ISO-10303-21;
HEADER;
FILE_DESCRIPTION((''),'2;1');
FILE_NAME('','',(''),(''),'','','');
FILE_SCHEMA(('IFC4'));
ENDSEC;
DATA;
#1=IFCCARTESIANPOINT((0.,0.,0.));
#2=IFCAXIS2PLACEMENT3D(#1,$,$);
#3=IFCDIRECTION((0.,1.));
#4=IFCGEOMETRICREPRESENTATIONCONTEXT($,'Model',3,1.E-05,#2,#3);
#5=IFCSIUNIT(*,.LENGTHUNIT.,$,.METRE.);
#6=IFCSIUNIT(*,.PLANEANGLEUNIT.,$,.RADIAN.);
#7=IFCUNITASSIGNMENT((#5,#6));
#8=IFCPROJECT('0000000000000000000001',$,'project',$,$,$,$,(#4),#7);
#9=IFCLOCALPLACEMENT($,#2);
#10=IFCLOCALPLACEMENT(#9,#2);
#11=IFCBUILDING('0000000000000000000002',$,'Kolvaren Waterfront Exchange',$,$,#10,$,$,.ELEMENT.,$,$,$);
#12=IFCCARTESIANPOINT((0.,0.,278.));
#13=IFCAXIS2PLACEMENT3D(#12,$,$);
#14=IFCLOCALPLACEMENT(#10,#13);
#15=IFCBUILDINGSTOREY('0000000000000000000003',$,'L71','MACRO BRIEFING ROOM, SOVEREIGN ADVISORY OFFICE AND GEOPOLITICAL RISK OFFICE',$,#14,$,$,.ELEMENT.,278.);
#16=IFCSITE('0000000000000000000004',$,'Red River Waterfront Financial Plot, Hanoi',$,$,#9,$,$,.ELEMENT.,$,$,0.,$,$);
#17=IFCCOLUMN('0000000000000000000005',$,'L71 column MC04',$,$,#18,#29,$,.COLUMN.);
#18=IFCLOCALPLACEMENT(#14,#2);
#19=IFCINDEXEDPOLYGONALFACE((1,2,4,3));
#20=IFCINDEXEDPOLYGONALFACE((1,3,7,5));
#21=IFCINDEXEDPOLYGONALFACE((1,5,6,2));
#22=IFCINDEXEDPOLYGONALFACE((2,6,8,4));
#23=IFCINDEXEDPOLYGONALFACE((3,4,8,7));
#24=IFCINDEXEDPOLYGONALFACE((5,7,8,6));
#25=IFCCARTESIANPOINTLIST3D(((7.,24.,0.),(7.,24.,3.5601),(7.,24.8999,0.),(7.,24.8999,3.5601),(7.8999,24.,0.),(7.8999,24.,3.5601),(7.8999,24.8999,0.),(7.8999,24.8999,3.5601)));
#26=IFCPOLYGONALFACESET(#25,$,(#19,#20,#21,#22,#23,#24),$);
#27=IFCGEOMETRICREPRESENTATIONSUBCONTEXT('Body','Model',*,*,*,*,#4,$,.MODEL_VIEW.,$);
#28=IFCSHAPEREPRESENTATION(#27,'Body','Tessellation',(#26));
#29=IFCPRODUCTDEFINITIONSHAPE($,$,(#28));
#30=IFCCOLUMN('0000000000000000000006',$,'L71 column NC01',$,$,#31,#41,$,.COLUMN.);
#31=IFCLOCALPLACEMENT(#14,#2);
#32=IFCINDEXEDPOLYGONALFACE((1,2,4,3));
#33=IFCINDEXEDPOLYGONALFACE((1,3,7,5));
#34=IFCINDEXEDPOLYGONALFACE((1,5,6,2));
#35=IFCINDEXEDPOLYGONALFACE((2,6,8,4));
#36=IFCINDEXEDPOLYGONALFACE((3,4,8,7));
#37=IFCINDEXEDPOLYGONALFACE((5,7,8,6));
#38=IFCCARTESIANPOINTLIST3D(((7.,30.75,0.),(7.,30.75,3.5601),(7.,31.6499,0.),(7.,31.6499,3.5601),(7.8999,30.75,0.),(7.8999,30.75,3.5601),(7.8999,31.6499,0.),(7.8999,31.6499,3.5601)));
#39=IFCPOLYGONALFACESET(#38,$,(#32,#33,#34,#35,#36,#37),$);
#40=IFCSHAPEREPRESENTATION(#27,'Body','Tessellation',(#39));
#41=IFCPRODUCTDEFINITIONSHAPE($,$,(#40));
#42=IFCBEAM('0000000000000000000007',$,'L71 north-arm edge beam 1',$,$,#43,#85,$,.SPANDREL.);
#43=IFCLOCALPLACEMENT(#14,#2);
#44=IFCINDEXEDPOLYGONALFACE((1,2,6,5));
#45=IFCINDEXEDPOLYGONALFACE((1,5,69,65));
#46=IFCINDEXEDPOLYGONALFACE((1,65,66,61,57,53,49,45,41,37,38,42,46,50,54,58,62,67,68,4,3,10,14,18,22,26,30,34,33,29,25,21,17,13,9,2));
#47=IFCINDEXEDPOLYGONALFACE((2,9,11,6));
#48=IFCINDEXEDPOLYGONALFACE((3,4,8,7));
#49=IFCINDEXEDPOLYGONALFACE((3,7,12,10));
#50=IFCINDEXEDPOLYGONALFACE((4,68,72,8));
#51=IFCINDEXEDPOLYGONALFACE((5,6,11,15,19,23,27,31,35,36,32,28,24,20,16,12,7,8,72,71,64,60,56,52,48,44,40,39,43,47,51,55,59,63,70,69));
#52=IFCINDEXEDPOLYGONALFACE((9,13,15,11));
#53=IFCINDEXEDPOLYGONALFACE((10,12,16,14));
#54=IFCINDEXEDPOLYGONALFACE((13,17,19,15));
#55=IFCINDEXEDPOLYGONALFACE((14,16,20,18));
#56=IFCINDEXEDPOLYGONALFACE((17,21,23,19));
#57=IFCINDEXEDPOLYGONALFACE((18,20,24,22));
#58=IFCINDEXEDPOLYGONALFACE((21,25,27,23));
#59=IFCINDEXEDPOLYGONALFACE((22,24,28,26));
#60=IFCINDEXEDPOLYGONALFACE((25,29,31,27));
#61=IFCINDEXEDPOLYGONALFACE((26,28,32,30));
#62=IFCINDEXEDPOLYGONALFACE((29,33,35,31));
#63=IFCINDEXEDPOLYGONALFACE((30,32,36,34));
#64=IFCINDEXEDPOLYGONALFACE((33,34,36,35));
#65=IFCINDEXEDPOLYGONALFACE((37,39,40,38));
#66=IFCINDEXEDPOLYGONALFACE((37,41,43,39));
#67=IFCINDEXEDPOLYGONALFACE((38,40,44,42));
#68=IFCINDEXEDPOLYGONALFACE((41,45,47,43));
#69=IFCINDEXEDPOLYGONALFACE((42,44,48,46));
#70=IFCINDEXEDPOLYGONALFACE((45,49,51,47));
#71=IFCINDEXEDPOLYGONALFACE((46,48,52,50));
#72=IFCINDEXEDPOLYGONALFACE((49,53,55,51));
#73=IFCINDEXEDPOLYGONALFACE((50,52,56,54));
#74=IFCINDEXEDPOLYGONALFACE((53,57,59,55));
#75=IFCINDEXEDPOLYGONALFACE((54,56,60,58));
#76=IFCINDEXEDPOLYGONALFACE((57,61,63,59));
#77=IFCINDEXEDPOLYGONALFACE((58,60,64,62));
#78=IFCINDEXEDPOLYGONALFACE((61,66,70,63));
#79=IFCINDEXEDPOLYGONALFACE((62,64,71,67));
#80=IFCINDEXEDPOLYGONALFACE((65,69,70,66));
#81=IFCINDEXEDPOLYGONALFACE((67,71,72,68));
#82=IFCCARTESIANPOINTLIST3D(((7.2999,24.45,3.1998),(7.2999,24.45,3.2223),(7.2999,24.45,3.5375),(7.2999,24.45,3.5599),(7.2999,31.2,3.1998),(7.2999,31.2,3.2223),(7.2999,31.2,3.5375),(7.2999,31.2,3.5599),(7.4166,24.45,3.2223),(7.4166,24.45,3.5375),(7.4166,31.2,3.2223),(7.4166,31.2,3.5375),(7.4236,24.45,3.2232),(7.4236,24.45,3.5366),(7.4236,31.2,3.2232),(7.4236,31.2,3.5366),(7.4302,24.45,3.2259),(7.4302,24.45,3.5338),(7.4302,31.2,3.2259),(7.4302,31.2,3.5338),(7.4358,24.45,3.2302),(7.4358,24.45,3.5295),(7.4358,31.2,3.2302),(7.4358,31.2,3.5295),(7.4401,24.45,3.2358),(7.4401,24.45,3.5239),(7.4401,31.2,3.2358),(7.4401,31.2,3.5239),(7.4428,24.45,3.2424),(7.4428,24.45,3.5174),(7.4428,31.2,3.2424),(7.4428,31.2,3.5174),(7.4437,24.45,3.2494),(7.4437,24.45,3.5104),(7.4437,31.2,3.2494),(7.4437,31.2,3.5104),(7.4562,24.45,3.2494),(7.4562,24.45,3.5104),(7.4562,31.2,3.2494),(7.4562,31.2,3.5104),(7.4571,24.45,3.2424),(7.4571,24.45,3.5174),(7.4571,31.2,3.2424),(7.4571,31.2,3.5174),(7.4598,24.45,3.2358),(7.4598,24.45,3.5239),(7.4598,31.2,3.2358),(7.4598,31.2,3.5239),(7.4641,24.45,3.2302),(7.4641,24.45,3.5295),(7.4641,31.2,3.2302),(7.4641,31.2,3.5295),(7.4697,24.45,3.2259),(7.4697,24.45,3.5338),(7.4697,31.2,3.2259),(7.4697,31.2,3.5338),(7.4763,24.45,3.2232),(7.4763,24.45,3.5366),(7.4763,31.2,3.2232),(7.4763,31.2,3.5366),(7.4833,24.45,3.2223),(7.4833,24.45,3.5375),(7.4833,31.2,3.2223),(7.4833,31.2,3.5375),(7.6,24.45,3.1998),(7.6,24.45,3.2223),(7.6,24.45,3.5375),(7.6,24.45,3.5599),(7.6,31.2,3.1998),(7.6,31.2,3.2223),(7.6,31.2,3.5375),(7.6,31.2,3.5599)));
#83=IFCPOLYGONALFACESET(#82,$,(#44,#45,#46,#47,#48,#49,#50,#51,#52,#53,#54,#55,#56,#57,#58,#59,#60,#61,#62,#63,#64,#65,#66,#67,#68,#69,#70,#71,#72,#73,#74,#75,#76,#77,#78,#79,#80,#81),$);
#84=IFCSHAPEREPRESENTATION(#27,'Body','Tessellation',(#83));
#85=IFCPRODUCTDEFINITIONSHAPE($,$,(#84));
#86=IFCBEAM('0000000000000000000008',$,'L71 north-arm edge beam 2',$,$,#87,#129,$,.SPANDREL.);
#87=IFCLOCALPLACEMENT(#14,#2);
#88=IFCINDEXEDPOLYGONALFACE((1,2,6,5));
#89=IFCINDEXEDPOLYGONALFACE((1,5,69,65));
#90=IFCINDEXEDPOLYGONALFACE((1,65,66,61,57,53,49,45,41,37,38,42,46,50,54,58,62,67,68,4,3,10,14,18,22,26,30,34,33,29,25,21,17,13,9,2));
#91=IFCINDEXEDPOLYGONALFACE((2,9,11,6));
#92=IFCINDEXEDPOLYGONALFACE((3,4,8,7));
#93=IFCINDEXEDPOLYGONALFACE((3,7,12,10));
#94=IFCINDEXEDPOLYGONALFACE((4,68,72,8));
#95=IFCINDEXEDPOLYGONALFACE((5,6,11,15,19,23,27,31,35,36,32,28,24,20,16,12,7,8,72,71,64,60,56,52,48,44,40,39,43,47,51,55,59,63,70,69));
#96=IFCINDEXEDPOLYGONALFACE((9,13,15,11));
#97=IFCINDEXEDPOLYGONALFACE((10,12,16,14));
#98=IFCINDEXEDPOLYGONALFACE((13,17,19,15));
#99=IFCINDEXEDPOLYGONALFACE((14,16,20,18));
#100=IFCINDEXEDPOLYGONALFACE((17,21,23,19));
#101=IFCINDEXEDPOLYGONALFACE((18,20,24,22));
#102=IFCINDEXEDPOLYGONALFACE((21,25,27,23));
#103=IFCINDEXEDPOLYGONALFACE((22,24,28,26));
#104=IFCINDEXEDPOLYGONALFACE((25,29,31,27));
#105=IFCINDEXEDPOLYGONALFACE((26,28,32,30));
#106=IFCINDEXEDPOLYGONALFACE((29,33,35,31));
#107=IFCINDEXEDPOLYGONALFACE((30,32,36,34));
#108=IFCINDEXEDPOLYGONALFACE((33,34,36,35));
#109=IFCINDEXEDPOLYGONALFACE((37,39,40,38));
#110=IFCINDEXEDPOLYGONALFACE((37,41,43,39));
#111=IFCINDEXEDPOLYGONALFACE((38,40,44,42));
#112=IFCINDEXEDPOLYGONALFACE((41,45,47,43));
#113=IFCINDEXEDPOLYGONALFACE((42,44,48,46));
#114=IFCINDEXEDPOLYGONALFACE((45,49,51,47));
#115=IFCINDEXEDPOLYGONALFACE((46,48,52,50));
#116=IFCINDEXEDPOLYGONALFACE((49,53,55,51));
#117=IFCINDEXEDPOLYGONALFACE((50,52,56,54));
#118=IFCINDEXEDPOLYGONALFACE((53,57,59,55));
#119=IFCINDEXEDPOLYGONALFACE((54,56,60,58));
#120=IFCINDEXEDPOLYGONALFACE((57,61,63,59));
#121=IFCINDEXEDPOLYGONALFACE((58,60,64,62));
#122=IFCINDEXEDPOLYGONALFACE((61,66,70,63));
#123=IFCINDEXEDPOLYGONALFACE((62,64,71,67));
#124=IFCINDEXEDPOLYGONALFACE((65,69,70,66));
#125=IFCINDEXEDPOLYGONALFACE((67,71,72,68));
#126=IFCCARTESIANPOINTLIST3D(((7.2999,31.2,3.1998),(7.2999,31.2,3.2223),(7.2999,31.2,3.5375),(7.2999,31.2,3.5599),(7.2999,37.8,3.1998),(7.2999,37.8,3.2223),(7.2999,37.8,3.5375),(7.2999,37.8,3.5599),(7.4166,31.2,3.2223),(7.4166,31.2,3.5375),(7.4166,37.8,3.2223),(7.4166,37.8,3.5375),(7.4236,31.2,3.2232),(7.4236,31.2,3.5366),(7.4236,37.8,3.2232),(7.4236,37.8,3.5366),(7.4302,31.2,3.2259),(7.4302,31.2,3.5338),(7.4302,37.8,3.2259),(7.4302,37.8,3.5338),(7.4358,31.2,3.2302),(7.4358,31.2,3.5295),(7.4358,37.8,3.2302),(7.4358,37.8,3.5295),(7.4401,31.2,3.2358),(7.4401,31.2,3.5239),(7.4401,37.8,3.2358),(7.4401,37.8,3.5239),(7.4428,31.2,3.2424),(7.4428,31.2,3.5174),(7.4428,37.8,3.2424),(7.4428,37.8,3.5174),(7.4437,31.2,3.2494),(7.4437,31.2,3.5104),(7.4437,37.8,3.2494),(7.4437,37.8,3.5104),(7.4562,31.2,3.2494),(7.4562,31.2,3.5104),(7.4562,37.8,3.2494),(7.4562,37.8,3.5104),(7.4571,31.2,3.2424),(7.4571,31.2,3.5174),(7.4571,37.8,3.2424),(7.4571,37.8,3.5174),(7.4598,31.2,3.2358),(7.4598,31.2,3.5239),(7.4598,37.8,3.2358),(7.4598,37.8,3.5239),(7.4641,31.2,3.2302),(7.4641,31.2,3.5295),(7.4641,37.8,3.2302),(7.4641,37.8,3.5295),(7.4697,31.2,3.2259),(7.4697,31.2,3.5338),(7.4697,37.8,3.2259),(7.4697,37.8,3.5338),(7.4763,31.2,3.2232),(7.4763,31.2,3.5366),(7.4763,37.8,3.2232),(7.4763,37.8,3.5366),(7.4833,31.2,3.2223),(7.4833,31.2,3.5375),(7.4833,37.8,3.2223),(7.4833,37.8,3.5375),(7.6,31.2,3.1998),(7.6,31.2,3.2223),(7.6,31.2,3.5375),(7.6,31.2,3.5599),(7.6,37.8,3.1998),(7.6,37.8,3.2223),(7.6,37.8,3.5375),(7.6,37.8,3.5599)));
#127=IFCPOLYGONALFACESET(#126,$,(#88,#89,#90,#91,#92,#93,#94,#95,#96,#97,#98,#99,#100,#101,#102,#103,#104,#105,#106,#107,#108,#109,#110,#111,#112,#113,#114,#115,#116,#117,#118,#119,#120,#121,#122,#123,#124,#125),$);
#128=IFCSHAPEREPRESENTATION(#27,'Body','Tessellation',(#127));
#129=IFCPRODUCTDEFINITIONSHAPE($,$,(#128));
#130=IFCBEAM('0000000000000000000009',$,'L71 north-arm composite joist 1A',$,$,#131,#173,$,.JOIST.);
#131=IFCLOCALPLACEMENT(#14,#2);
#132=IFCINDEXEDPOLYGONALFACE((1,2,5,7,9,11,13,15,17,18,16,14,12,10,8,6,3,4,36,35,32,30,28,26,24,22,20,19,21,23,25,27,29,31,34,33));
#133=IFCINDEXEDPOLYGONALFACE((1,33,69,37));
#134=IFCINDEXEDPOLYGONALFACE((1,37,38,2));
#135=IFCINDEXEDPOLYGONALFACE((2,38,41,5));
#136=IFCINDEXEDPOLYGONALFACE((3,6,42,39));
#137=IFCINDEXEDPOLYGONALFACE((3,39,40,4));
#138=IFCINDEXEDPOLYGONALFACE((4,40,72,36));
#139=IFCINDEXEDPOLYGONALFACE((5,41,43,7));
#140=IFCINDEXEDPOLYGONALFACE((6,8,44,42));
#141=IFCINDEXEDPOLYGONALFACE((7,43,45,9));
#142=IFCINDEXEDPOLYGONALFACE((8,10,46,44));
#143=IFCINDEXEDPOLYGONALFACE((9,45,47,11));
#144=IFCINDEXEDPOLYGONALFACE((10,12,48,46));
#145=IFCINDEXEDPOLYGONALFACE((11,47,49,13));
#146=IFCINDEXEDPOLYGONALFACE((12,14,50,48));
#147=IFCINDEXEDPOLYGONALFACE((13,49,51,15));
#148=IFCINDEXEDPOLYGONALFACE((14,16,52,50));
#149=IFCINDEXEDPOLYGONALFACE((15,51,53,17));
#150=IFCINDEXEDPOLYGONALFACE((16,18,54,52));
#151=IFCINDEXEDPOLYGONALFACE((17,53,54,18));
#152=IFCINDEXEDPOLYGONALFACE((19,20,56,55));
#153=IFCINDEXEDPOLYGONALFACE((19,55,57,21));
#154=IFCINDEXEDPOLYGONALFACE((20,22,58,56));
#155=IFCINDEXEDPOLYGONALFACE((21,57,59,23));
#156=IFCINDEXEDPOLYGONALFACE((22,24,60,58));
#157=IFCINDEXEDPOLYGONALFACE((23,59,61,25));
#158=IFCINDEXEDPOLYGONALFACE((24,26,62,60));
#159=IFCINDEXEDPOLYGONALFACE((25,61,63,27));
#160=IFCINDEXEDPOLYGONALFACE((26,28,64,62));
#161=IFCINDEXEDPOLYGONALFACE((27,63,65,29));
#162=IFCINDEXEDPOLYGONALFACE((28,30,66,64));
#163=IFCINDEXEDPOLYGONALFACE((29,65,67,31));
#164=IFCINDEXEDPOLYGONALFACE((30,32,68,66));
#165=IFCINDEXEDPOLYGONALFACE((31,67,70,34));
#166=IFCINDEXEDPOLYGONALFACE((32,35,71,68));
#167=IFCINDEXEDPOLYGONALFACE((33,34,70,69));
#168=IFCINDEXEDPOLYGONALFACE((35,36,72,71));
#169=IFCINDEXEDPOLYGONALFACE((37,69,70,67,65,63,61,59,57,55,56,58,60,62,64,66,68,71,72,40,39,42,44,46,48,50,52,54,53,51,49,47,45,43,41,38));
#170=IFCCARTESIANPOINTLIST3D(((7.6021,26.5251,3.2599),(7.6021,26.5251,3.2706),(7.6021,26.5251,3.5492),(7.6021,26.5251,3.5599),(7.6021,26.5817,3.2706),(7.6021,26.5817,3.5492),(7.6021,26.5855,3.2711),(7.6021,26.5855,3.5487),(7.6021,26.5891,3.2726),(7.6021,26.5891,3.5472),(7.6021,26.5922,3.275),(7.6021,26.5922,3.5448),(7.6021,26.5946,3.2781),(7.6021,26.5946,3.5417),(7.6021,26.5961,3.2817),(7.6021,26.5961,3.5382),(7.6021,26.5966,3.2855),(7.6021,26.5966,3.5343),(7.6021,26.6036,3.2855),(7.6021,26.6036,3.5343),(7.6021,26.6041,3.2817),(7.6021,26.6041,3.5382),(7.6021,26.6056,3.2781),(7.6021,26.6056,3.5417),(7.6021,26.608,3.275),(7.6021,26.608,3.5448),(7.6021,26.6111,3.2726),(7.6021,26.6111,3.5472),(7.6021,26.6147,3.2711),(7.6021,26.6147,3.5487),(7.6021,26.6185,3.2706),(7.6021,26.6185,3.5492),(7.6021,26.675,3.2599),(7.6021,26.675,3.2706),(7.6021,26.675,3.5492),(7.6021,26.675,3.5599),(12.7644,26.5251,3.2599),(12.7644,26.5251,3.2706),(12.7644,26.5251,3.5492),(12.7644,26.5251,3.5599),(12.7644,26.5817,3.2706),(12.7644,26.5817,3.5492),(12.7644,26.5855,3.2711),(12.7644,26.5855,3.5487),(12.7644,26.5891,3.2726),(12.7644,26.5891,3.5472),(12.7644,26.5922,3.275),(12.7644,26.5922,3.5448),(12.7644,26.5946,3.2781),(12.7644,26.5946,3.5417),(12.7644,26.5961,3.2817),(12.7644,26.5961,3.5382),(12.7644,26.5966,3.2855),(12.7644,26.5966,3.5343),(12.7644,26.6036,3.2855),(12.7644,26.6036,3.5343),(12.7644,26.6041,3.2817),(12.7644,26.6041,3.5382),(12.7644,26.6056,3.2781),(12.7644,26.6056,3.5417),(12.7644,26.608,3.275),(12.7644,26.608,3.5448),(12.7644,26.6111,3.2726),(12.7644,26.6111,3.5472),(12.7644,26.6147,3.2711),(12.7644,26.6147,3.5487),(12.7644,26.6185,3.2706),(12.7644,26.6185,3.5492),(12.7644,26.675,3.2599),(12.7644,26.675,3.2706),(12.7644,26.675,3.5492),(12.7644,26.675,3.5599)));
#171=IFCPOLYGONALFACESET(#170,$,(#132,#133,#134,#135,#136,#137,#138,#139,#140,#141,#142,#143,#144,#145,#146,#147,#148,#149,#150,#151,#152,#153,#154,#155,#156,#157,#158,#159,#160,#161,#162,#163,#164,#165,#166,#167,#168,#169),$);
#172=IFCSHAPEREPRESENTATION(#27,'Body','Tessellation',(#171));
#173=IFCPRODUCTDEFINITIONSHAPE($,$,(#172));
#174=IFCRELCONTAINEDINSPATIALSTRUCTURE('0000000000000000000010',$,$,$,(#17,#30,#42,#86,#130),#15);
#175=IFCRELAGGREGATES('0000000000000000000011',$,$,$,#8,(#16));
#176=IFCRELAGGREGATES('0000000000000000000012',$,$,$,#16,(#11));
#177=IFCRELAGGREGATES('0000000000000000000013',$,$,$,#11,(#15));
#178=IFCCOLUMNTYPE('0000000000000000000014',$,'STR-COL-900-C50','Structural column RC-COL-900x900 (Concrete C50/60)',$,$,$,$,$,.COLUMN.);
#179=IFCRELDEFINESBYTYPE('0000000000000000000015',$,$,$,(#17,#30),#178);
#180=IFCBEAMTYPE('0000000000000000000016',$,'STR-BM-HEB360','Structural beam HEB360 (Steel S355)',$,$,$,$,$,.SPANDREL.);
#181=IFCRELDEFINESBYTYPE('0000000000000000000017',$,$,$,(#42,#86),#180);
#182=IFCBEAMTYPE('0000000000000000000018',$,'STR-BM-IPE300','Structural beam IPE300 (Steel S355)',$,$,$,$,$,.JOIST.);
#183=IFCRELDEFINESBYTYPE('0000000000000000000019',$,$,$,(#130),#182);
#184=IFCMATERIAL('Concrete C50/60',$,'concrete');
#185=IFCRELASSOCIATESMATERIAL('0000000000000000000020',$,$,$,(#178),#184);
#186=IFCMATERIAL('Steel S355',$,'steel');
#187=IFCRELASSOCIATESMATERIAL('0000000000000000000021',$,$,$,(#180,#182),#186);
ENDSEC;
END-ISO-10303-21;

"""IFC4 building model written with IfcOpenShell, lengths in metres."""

from ifc_helpers import new_model, si_unit, direction, frame, origin, origin_2d, place, context, subcontext, project, spatial, rectangle, i_section, extrude, material, material_profile, profile_set, type_object, element, save


model = new_model("IFC4")

# Units and contexts
model_context = context("Model", 3, precision=1e-05, world=origin(), true_north=direction((0.0, 1.0)))
body_context = subcontext(model_context, "Body", "Model", "MODEL_VIEW")
ifc_project = project(units=[si_unit("LENGTHUNIT", "METRE"), si_unit("PLANEANGLEUNIT", "RADIAN")], contexts=[model_context])

# Site, building, storey
site_placement = place(None, origin())
site = spatial("IfcSite", under=ifc_project, at=site_placement, Name="Red River Waterfront Financial Plot, Hanoi", CompositionType="ELEMENT", RefElevation=0.0)
building_placement = place(site_placement, origin())
building = spatial("IfcBuilding", under=site, at=building_placement, Name="Kolvaren Waterfront Exchange", CompositionType="ELEMENT")
storey_placement = place(building_placement, frame((0.0, 0.0, 278.0)))
storey = spatial("IfcBuildingStorey", under=building, at=storey_placement, Name="L71", Description="MACRO BRIEFING ROOM, SOVEREIGN ADVISORY OFFICE AND GEOPOLITICAL RISK OFFICE", CompositionType="ELEMENT", Elevation=278.0)

# Columns
ifc_material_1 = material(Name="Concrete C50/60", Category="concrete")
ifc_material_profile_1 = material_profile(ifc_material_1, rectangle(XDim=0.8999, YDim=0.8999, at=origin_2d()), Name="RC-COL-900x900")
ifc_profile_set_1 = profile_set([ifc_material_profile_1], Name="Concrete C50/60")
column_type = type_object("IfcColumnType", Name="STR-COL-900-C50", Description="Structural column RC-COL-900x900 (Concrete C50/60)", PredefinedType="COLUMN", material=ifc_profile_set_1)
for number, where, z_axis, x_axis, name in (
    (1, (7.45, 24.45, 0.0), (0.0, 0.0, 1.0), (1.0, 0.0, 0.0), "L71 column MC04"),
    (2, (7.45, 31.2, 0.0), (0.0, 0.0, 1.0), (1.0, 0.0, 0.0), "L71 column NC01"),
):
    element("IfcColumn", number, at=place(storey_placement, frame(where, z_axis=z_axis, x_axis=x_axis)), inside=storey, type_object=column_type, Name=name, PredefinedType="COLUMN", context=body_context, shape_type="SweptSolid", body=[
        extrude(rectangle(XDim=0.8999, YDim=0.8999, at=origin_2d()), origin(), (0.0, 0.0, 1.0), 3.5601),
    ])

# Beams
ifc_material_2 = material(Name="Steel S355", Category="steel")
ifc_material_profile_2 = material_profile(ifc_material_2, i_section(OverallWidth=0.3, OverallDepth=0.3601, WebThickness=0.0125, FlangeThickness=0.0225, FilletRadius=0.0271, at=origin_2d()), Name="HEB360")
ifc_profile_set_2 = profile_set([ifc_material_profile_2], Name="Steel S355")
beam_type_1 = type_object("IfcBeamType", Name="STR-BM-HEB360", Description="Structural beam HEB360 (Steel S355)", PredefinedType="SPANDREL", material=ifc_profile_set_2)
beam_1_placement = place(storey_placement, frame((7.45, 24.45, 3.3799), z_axis=(0.0, 1.0, 0.0), x_axis=(-1.0, 0.0, 0.0)))
element("IfcBeam", 3, at=beam_1_placement, inside=storey, type_object=beam_type_1, Name="L71 north-arm edge beam 1", PredefinedType="SPANDREL", context=body_context, shape_type="SweptSolid", body=[
    extrude(i_section(OverallWidth=0.3, OverallDepth=0.3601, WebThickness=0.0125, FlangeThickness=0.0225, FilletRadius=0.0271, at=origin_2d()), origin(), (0.0, 0.0, 1.0), 6.75),
])
beam_2_placement = place(storey_placement, frame((7.45, 31.2, 3.3799), z_axis=(0.0, 1.0, 0.0), x_axis=(-1.0, 0.0, 0.0)))
element("IfcBeam", 4, at=beam_2_placement, inside=storey, type_object=beam_type_1, Name="L71 north-arm edge beam 2", PredefinedType="SPANDREL", context=body_context, shape_type="SweptSolid", body=[
    extrude(i_section(OverallWidth=0.3, OverallDepth=0.3601, WebThickness=0.0125, FlangeThickness=0.0225, FilletRadius=0.0271, at=origin_2d()), origin(), (0.0, 0.0, 1.0), 6.6001),
])
ifc_material_profile_3 = material_profile(ifc_material_2, i_section(OverallWidth=0.1499, OverallDepth=0.3, WebThickness=0.0071, FlangeThickness=0.0107, FilletRadius=0.0149, at=origin_2d()), Name="IPE300")
ifc_profile_set_3 = profile_set([ifc_material_profile_3], Name="Steel S355")
beam_type_2 = type_object("IfcBeamType", Name="STR-BM-IPE300", Description="Structural beam IPE300 (Steel S355)", PredefinedType="JOIST", material=ifc_profile_set_3)
for number, where, z_axis, x_axis, name in (
    (5, (7.6021, 26.6001, 3.4099), (1.0, 0.0, 0.0), (0.0, 1.0, 0.0), "L71 north-arm composite joist 1A"),
):
    element("IfcBeam", number, at=place(storey_placement, frame(where, z_axis=z_axis, x_axis=x_axis)), inside=storey, type_object=beam_type_2, Name=name, PredefinedType="JOIST", context=body_context, shape_type="SweptSolid", body=[
        extrude(i_section(OverallWidth=0.1499, OverallDepth=0.3, WebThickness=0.0071, FlangeThickness=0.0107, FilletRadius=0.0149, at=origin_2d()), origin(), (0.0, 0.0, 1.0), 5.1624),
    ])

save(model, "model.ifc")
